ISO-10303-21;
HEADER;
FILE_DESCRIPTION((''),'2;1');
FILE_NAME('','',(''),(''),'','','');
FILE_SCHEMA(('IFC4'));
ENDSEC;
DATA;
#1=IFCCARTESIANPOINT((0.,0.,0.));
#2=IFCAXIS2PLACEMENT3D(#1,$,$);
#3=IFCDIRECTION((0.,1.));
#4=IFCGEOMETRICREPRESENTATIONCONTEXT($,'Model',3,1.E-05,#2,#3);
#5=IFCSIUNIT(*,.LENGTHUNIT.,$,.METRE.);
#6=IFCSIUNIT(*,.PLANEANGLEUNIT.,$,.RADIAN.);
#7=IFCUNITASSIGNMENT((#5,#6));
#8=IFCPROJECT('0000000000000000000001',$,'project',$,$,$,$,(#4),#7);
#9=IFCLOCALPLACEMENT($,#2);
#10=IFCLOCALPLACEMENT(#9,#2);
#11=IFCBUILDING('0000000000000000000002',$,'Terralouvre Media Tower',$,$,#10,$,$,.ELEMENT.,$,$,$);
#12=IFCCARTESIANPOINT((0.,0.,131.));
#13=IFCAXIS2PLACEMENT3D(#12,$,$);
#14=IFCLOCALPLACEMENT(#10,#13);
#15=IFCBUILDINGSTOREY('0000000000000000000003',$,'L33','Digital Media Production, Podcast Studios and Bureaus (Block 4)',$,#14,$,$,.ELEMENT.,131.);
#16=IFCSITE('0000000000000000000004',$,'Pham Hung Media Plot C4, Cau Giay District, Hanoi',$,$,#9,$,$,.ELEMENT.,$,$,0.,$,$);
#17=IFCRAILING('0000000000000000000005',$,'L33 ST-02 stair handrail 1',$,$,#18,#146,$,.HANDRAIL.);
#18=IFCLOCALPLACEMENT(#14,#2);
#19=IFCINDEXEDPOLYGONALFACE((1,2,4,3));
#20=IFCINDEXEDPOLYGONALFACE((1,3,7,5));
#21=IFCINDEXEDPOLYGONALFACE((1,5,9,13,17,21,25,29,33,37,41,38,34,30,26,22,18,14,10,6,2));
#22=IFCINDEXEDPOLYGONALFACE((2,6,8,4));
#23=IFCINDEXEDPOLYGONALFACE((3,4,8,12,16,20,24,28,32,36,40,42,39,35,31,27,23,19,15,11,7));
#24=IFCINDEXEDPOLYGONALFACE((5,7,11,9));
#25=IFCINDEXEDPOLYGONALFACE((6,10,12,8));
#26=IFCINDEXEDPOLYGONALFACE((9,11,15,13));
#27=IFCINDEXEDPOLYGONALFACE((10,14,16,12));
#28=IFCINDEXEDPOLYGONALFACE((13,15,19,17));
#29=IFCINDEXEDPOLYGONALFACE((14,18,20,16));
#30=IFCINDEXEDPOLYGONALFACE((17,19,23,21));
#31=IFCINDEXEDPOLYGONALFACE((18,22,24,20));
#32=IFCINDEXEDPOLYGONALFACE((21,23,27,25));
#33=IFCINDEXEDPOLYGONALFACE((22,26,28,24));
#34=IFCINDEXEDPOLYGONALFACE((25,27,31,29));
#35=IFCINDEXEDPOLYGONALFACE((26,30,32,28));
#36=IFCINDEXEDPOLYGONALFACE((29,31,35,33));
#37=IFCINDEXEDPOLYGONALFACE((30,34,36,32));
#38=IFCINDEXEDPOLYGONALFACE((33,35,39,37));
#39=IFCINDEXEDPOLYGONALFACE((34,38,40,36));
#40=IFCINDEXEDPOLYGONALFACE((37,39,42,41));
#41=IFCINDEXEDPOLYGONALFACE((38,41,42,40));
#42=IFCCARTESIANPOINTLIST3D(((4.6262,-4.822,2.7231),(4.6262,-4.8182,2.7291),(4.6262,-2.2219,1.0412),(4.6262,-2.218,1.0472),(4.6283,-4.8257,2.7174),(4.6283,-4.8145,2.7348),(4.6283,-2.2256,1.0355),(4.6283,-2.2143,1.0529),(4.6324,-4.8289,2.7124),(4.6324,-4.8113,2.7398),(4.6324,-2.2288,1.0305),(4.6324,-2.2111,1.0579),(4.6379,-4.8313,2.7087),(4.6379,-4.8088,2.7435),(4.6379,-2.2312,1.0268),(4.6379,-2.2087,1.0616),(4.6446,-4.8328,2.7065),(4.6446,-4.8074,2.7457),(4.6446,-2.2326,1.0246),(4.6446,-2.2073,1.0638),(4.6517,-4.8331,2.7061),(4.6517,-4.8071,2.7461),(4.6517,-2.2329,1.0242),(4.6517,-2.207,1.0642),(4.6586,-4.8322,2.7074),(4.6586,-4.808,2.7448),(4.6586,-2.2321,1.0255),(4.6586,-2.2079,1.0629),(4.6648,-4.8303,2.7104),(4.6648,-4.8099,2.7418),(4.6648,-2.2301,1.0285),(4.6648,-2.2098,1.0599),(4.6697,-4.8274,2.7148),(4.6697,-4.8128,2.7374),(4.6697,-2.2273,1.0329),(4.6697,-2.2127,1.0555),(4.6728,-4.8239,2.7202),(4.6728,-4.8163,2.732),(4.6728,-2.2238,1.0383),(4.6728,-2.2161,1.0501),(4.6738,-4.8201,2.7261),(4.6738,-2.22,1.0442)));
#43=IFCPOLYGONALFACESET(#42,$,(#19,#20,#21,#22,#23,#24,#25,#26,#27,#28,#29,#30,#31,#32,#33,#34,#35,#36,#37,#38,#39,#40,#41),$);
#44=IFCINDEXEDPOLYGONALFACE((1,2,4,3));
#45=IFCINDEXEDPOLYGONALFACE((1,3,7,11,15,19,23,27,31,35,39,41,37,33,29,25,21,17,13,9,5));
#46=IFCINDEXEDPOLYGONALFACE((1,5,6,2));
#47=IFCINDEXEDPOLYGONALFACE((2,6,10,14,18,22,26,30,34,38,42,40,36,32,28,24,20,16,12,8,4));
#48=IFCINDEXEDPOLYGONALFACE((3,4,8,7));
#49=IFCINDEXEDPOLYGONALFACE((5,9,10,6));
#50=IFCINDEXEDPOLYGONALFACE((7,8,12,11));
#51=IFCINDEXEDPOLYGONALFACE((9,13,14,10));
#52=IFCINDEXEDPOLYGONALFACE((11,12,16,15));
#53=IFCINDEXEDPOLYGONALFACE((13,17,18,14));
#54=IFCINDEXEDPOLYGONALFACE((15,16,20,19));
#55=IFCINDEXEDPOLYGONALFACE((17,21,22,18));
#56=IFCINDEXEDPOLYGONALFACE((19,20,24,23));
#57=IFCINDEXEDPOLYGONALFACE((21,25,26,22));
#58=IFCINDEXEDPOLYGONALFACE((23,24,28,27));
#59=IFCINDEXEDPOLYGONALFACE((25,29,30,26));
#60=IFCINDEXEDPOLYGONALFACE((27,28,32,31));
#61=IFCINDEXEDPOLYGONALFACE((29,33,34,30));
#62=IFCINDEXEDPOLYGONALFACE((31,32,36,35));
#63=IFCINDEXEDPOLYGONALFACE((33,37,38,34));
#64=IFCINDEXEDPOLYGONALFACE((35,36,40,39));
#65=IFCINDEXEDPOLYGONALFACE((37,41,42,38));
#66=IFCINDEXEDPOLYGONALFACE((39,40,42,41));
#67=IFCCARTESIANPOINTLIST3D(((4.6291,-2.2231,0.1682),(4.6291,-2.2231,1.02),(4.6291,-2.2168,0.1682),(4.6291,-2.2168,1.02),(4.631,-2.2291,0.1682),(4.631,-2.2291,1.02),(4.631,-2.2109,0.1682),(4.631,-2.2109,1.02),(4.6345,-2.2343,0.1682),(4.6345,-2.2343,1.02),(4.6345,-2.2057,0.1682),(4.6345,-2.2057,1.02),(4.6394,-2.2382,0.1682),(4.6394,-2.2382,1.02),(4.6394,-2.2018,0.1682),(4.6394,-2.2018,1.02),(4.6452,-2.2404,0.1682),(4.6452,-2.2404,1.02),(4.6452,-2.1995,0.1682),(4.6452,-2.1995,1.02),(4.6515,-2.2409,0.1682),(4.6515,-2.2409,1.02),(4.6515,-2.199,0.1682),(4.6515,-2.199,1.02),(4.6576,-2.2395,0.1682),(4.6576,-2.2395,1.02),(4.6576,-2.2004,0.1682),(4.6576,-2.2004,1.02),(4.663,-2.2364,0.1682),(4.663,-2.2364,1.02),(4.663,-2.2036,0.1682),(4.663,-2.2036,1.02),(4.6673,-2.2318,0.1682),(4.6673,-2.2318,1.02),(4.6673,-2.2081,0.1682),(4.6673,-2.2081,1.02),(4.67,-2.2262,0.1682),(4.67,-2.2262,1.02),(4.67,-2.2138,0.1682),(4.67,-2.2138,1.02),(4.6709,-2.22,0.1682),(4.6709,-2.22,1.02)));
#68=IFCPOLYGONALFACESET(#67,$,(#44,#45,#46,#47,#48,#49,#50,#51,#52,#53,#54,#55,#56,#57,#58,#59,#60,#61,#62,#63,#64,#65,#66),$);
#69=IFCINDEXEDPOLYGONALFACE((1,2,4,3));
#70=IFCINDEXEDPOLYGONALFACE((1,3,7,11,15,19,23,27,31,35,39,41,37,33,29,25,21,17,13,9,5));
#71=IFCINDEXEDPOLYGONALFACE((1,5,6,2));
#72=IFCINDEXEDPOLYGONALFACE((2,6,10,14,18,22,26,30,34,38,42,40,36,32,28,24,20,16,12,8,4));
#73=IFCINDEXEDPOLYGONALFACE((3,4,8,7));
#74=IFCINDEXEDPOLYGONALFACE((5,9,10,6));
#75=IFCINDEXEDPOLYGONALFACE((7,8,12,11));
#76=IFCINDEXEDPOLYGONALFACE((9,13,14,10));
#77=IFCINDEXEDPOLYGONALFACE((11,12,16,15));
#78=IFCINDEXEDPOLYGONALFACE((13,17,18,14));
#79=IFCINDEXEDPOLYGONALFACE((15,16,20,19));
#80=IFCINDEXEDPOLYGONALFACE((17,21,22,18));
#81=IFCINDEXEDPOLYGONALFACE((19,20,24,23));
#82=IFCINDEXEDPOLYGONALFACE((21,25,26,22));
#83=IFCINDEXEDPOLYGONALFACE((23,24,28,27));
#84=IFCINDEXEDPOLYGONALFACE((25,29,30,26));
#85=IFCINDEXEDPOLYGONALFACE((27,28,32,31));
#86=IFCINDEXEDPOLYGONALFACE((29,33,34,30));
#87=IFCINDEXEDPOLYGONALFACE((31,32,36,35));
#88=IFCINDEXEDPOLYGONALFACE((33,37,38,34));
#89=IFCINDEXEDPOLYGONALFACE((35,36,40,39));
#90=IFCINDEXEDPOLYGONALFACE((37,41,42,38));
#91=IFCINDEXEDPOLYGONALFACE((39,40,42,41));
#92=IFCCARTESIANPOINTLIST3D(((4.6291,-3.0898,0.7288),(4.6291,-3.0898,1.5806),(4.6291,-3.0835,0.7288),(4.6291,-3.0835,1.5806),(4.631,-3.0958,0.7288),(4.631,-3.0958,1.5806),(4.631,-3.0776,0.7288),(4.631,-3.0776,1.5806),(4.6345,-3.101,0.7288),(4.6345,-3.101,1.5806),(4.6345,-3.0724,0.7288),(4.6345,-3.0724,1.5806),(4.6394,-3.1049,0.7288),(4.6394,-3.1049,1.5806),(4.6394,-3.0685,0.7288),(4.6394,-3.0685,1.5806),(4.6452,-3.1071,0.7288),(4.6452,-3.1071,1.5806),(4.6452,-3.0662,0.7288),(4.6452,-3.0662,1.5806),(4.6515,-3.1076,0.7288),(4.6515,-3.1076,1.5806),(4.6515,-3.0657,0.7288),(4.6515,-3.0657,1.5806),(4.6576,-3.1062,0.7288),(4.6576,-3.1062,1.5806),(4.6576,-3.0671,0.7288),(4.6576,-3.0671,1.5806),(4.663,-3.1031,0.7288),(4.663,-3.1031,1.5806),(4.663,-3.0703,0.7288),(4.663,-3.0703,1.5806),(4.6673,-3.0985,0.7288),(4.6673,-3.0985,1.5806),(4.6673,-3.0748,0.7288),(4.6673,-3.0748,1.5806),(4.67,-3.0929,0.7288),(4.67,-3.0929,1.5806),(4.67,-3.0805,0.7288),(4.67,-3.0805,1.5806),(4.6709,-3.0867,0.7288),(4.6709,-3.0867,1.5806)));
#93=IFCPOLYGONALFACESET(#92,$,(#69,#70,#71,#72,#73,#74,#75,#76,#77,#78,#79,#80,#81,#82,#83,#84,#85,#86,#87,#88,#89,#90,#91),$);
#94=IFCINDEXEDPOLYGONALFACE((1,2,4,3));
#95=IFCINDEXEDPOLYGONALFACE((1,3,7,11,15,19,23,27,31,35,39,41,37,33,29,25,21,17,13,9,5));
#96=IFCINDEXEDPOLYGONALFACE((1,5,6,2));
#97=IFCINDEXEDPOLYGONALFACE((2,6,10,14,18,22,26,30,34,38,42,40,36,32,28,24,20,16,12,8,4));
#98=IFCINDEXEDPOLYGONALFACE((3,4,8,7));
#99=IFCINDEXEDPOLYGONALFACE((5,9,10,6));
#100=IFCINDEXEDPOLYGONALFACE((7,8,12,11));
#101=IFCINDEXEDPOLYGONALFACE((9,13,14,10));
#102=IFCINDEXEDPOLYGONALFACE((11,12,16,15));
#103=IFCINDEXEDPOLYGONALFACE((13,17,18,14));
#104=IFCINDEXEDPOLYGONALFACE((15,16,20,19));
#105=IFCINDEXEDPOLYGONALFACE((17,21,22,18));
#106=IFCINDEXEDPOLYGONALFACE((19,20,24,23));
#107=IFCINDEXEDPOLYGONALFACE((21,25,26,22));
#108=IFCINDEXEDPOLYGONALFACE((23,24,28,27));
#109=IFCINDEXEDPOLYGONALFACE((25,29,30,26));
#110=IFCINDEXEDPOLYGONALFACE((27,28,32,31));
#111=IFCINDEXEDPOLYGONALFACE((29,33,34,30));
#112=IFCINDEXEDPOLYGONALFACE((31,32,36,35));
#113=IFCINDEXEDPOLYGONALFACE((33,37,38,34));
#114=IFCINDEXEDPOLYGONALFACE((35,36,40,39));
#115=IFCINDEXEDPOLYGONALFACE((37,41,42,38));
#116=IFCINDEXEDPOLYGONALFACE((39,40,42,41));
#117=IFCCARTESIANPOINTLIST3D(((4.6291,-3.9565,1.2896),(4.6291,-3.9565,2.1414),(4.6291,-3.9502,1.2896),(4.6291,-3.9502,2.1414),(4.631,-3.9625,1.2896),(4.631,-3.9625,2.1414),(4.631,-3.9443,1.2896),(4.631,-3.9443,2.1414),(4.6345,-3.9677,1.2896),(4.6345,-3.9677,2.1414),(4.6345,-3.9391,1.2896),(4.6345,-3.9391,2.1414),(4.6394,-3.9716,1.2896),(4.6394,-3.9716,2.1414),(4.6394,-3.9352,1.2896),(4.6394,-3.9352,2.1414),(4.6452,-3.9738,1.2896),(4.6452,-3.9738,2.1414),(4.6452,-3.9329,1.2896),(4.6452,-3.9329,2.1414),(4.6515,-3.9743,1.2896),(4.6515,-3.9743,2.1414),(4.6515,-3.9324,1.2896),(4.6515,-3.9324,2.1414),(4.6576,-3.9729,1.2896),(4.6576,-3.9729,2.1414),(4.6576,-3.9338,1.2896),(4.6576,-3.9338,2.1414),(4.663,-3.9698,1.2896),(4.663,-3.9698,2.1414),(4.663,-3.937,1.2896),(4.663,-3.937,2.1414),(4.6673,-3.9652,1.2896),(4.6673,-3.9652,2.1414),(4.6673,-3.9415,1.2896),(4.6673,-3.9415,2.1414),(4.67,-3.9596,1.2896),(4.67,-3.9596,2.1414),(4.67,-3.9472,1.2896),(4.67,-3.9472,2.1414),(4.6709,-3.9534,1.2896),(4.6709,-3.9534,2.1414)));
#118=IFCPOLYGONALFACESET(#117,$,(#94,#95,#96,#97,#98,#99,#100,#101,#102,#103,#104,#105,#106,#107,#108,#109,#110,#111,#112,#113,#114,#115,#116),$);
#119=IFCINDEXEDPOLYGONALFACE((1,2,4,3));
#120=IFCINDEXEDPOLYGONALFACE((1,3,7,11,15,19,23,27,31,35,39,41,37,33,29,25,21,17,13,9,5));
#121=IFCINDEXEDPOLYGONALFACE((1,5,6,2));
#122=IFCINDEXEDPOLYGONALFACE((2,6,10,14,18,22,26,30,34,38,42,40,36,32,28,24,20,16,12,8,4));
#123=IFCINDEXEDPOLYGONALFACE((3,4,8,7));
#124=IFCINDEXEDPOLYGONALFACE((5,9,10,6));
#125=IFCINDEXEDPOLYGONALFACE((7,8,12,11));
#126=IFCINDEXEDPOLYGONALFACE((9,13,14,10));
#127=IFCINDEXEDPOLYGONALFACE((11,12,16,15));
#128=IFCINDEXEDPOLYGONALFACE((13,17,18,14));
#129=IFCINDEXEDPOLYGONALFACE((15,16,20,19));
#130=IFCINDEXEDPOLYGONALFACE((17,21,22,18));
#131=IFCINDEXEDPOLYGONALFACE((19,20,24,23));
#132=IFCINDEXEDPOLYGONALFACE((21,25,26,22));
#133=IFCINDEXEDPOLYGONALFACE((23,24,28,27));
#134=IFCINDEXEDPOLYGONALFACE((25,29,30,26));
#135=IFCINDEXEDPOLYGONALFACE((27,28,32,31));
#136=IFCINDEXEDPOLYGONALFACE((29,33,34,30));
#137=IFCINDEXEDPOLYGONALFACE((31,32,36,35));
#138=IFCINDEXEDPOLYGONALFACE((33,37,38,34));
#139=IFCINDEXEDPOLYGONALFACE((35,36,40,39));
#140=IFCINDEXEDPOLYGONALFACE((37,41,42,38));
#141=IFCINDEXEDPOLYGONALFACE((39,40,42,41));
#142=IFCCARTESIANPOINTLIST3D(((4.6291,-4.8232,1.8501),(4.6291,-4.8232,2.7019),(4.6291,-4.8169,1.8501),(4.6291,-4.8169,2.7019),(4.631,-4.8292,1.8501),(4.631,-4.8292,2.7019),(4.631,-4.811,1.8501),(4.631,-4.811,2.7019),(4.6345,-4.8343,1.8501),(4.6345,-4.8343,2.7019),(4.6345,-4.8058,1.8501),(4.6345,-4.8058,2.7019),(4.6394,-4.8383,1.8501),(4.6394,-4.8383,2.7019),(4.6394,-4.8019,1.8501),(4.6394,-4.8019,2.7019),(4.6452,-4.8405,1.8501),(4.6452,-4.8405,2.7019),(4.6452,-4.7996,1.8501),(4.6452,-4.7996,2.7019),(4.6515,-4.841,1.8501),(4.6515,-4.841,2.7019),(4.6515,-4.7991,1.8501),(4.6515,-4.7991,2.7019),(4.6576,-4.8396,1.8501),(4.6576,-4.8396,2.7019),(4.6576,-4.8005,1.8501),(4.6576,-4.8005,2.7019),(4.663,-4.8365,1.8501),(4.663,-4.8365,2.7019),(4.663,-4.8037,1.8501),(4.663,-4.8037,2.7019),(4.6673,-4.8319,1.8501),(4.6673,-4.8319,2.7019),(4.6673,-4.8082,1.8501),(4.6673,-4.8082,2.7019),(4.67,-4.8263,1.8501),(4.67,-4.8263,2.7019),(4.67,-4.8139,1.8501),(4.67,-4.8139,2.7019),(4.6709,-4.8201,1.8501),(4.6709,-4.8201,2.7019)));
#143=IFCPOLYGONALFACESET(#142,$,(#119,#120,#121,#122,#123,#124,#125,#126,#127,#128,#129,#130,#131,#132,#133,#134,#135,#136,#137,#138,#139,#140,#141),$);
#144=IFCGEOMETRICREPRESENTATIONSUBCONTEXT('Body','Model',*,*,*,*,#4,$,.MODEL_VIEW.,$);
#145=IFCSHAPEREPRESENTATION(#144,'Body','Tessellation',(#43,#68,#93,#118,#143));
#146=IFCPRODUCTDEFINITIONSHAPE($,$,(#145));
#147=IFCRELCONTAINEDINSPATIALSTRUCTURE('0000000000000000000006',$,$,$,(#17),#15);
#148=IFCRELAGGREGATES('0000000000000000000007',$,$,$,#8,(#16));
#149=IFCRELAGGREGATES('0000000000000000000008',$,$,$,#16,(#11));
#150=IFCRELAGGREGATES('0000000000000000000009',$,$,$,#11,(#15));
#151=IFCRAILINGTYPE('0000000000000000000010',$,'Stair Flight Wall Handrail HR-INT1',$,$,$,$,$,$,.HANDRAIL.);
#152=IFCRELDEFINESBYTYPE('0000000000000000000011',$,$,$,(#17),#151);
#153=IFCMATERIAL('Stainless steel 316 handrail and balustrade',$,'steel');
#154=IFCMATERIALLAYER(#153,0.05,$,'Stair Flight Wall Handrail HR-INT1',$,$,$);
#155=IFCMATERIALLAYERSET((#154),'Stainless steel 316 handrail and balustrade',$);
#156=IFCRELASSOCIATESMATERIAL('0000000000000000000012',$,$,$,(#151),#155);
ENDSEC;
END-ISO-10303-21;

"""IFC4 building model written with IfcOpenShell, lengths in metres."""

from ifc_helpers import new_model, si_unit, direction, frame, origin, origin_2d, place, context, subcontext, project, spatial, circle, extrude, material, layer, layer_set, type_object, element, save


model = new_model("IFC4")

# Units and contexts
model_context = context("Model", 3, precision=1e-05, world=origin(), true_north=direction((0.0, 1.0)))
body_context = subcontext(model_context, "Body", "Model", "MODEL_VIEW")
ifc_project = project(units=[si_unit("LENGTHUNIT", "METRE"), si_unit("PLANEANGLEUNIT", "RADIAN")], contexts=[model_context])

# Site, building, storey
site_placement = place(None, origin())
site = spatial("IfcSite", under=ifc_project, at=site_placement, Name="Pham Hung Media Plot C4, Cau Giay District, Hanoi", CompositionType="ELEMENT", RefElevation=0.0)
building_placement = place(site_placement, origin())
building = spatial("IfcBuilding", under=site, at=building_placement, Name="Terralouvre Media Tower", CompositionType="ELEMENT")
storey_placement = place(building_placement, frame((0.0, 0.0, 131.0)))
storey = spatial("IfcBuildingStorey", under=building, at=storey_placement, Name="L33", Description="Digital Media Production, Podcast Studios and Bureaus (Block 4)", CompositionType="ELEMENT", Elevation=131.0)

# Railing
ifc_material_1 = material(Name="Stainless steel 316 handrail and balustrade", Category="steel")
ifc_layer_1 = layer(ifc_material_1, 0.05, Name="Stair Flight Wall Handrail HR-INT1")
ifc_layer_set_1 = layer_set([ifc_layer_1], Name="Stainless steel 316 handrail and balustrade")
railing_type = type_object("IfcRailingType", Name="Stair Flight Wall Handrail HR-INT1", PredefinedType="HANDRAIL", material=ifc_layer_set_1)
railing_placement = place(storey_placement, frame((4.6499, -2.22, 0.1682)))
element("IfcRailing", 1, at=railing_placement, inside=storey, type_object=railing_type, Name="L33 ST-02 stair handrail 1", PredefinedType="HANDRAIL", context=body_context, shape_type="SweptSolid", body=[
    extrude(circle(Radius=0.0239, at=origin_2d()), frame((0.0, 0.0, 0.876), z_axis=(0.0, -0.839648, 0.54313), x_axis=(1.0, 0.0, 0.0)), (0.0, 0.0, 1.0), 3.0967),
    extrude(circle(Radius=0.021, at=origin_2d()), origin(), (0.0, 0.0, 1.0), 0.8518),
    extrude(circle(Radius=0.021, at=origin_2d()), frame((0.0, -0.8667, 0.5605)), (0.0, 0.0, 1.0), 0.8518),
    extrude(circle(Radius=0.021, at=origin_2d()), frame((0.0, -1.7334, 1.1213)), (0.0, 0.0, 1.0), 0.8518),
    extrude(circle(Radius=0.021, at=origin_2d()), frame((0.0, -2.6001, 1.6819)), (0.0, 0.0, 1.0), 0.8518),
])

save(model, "model.ifc")
